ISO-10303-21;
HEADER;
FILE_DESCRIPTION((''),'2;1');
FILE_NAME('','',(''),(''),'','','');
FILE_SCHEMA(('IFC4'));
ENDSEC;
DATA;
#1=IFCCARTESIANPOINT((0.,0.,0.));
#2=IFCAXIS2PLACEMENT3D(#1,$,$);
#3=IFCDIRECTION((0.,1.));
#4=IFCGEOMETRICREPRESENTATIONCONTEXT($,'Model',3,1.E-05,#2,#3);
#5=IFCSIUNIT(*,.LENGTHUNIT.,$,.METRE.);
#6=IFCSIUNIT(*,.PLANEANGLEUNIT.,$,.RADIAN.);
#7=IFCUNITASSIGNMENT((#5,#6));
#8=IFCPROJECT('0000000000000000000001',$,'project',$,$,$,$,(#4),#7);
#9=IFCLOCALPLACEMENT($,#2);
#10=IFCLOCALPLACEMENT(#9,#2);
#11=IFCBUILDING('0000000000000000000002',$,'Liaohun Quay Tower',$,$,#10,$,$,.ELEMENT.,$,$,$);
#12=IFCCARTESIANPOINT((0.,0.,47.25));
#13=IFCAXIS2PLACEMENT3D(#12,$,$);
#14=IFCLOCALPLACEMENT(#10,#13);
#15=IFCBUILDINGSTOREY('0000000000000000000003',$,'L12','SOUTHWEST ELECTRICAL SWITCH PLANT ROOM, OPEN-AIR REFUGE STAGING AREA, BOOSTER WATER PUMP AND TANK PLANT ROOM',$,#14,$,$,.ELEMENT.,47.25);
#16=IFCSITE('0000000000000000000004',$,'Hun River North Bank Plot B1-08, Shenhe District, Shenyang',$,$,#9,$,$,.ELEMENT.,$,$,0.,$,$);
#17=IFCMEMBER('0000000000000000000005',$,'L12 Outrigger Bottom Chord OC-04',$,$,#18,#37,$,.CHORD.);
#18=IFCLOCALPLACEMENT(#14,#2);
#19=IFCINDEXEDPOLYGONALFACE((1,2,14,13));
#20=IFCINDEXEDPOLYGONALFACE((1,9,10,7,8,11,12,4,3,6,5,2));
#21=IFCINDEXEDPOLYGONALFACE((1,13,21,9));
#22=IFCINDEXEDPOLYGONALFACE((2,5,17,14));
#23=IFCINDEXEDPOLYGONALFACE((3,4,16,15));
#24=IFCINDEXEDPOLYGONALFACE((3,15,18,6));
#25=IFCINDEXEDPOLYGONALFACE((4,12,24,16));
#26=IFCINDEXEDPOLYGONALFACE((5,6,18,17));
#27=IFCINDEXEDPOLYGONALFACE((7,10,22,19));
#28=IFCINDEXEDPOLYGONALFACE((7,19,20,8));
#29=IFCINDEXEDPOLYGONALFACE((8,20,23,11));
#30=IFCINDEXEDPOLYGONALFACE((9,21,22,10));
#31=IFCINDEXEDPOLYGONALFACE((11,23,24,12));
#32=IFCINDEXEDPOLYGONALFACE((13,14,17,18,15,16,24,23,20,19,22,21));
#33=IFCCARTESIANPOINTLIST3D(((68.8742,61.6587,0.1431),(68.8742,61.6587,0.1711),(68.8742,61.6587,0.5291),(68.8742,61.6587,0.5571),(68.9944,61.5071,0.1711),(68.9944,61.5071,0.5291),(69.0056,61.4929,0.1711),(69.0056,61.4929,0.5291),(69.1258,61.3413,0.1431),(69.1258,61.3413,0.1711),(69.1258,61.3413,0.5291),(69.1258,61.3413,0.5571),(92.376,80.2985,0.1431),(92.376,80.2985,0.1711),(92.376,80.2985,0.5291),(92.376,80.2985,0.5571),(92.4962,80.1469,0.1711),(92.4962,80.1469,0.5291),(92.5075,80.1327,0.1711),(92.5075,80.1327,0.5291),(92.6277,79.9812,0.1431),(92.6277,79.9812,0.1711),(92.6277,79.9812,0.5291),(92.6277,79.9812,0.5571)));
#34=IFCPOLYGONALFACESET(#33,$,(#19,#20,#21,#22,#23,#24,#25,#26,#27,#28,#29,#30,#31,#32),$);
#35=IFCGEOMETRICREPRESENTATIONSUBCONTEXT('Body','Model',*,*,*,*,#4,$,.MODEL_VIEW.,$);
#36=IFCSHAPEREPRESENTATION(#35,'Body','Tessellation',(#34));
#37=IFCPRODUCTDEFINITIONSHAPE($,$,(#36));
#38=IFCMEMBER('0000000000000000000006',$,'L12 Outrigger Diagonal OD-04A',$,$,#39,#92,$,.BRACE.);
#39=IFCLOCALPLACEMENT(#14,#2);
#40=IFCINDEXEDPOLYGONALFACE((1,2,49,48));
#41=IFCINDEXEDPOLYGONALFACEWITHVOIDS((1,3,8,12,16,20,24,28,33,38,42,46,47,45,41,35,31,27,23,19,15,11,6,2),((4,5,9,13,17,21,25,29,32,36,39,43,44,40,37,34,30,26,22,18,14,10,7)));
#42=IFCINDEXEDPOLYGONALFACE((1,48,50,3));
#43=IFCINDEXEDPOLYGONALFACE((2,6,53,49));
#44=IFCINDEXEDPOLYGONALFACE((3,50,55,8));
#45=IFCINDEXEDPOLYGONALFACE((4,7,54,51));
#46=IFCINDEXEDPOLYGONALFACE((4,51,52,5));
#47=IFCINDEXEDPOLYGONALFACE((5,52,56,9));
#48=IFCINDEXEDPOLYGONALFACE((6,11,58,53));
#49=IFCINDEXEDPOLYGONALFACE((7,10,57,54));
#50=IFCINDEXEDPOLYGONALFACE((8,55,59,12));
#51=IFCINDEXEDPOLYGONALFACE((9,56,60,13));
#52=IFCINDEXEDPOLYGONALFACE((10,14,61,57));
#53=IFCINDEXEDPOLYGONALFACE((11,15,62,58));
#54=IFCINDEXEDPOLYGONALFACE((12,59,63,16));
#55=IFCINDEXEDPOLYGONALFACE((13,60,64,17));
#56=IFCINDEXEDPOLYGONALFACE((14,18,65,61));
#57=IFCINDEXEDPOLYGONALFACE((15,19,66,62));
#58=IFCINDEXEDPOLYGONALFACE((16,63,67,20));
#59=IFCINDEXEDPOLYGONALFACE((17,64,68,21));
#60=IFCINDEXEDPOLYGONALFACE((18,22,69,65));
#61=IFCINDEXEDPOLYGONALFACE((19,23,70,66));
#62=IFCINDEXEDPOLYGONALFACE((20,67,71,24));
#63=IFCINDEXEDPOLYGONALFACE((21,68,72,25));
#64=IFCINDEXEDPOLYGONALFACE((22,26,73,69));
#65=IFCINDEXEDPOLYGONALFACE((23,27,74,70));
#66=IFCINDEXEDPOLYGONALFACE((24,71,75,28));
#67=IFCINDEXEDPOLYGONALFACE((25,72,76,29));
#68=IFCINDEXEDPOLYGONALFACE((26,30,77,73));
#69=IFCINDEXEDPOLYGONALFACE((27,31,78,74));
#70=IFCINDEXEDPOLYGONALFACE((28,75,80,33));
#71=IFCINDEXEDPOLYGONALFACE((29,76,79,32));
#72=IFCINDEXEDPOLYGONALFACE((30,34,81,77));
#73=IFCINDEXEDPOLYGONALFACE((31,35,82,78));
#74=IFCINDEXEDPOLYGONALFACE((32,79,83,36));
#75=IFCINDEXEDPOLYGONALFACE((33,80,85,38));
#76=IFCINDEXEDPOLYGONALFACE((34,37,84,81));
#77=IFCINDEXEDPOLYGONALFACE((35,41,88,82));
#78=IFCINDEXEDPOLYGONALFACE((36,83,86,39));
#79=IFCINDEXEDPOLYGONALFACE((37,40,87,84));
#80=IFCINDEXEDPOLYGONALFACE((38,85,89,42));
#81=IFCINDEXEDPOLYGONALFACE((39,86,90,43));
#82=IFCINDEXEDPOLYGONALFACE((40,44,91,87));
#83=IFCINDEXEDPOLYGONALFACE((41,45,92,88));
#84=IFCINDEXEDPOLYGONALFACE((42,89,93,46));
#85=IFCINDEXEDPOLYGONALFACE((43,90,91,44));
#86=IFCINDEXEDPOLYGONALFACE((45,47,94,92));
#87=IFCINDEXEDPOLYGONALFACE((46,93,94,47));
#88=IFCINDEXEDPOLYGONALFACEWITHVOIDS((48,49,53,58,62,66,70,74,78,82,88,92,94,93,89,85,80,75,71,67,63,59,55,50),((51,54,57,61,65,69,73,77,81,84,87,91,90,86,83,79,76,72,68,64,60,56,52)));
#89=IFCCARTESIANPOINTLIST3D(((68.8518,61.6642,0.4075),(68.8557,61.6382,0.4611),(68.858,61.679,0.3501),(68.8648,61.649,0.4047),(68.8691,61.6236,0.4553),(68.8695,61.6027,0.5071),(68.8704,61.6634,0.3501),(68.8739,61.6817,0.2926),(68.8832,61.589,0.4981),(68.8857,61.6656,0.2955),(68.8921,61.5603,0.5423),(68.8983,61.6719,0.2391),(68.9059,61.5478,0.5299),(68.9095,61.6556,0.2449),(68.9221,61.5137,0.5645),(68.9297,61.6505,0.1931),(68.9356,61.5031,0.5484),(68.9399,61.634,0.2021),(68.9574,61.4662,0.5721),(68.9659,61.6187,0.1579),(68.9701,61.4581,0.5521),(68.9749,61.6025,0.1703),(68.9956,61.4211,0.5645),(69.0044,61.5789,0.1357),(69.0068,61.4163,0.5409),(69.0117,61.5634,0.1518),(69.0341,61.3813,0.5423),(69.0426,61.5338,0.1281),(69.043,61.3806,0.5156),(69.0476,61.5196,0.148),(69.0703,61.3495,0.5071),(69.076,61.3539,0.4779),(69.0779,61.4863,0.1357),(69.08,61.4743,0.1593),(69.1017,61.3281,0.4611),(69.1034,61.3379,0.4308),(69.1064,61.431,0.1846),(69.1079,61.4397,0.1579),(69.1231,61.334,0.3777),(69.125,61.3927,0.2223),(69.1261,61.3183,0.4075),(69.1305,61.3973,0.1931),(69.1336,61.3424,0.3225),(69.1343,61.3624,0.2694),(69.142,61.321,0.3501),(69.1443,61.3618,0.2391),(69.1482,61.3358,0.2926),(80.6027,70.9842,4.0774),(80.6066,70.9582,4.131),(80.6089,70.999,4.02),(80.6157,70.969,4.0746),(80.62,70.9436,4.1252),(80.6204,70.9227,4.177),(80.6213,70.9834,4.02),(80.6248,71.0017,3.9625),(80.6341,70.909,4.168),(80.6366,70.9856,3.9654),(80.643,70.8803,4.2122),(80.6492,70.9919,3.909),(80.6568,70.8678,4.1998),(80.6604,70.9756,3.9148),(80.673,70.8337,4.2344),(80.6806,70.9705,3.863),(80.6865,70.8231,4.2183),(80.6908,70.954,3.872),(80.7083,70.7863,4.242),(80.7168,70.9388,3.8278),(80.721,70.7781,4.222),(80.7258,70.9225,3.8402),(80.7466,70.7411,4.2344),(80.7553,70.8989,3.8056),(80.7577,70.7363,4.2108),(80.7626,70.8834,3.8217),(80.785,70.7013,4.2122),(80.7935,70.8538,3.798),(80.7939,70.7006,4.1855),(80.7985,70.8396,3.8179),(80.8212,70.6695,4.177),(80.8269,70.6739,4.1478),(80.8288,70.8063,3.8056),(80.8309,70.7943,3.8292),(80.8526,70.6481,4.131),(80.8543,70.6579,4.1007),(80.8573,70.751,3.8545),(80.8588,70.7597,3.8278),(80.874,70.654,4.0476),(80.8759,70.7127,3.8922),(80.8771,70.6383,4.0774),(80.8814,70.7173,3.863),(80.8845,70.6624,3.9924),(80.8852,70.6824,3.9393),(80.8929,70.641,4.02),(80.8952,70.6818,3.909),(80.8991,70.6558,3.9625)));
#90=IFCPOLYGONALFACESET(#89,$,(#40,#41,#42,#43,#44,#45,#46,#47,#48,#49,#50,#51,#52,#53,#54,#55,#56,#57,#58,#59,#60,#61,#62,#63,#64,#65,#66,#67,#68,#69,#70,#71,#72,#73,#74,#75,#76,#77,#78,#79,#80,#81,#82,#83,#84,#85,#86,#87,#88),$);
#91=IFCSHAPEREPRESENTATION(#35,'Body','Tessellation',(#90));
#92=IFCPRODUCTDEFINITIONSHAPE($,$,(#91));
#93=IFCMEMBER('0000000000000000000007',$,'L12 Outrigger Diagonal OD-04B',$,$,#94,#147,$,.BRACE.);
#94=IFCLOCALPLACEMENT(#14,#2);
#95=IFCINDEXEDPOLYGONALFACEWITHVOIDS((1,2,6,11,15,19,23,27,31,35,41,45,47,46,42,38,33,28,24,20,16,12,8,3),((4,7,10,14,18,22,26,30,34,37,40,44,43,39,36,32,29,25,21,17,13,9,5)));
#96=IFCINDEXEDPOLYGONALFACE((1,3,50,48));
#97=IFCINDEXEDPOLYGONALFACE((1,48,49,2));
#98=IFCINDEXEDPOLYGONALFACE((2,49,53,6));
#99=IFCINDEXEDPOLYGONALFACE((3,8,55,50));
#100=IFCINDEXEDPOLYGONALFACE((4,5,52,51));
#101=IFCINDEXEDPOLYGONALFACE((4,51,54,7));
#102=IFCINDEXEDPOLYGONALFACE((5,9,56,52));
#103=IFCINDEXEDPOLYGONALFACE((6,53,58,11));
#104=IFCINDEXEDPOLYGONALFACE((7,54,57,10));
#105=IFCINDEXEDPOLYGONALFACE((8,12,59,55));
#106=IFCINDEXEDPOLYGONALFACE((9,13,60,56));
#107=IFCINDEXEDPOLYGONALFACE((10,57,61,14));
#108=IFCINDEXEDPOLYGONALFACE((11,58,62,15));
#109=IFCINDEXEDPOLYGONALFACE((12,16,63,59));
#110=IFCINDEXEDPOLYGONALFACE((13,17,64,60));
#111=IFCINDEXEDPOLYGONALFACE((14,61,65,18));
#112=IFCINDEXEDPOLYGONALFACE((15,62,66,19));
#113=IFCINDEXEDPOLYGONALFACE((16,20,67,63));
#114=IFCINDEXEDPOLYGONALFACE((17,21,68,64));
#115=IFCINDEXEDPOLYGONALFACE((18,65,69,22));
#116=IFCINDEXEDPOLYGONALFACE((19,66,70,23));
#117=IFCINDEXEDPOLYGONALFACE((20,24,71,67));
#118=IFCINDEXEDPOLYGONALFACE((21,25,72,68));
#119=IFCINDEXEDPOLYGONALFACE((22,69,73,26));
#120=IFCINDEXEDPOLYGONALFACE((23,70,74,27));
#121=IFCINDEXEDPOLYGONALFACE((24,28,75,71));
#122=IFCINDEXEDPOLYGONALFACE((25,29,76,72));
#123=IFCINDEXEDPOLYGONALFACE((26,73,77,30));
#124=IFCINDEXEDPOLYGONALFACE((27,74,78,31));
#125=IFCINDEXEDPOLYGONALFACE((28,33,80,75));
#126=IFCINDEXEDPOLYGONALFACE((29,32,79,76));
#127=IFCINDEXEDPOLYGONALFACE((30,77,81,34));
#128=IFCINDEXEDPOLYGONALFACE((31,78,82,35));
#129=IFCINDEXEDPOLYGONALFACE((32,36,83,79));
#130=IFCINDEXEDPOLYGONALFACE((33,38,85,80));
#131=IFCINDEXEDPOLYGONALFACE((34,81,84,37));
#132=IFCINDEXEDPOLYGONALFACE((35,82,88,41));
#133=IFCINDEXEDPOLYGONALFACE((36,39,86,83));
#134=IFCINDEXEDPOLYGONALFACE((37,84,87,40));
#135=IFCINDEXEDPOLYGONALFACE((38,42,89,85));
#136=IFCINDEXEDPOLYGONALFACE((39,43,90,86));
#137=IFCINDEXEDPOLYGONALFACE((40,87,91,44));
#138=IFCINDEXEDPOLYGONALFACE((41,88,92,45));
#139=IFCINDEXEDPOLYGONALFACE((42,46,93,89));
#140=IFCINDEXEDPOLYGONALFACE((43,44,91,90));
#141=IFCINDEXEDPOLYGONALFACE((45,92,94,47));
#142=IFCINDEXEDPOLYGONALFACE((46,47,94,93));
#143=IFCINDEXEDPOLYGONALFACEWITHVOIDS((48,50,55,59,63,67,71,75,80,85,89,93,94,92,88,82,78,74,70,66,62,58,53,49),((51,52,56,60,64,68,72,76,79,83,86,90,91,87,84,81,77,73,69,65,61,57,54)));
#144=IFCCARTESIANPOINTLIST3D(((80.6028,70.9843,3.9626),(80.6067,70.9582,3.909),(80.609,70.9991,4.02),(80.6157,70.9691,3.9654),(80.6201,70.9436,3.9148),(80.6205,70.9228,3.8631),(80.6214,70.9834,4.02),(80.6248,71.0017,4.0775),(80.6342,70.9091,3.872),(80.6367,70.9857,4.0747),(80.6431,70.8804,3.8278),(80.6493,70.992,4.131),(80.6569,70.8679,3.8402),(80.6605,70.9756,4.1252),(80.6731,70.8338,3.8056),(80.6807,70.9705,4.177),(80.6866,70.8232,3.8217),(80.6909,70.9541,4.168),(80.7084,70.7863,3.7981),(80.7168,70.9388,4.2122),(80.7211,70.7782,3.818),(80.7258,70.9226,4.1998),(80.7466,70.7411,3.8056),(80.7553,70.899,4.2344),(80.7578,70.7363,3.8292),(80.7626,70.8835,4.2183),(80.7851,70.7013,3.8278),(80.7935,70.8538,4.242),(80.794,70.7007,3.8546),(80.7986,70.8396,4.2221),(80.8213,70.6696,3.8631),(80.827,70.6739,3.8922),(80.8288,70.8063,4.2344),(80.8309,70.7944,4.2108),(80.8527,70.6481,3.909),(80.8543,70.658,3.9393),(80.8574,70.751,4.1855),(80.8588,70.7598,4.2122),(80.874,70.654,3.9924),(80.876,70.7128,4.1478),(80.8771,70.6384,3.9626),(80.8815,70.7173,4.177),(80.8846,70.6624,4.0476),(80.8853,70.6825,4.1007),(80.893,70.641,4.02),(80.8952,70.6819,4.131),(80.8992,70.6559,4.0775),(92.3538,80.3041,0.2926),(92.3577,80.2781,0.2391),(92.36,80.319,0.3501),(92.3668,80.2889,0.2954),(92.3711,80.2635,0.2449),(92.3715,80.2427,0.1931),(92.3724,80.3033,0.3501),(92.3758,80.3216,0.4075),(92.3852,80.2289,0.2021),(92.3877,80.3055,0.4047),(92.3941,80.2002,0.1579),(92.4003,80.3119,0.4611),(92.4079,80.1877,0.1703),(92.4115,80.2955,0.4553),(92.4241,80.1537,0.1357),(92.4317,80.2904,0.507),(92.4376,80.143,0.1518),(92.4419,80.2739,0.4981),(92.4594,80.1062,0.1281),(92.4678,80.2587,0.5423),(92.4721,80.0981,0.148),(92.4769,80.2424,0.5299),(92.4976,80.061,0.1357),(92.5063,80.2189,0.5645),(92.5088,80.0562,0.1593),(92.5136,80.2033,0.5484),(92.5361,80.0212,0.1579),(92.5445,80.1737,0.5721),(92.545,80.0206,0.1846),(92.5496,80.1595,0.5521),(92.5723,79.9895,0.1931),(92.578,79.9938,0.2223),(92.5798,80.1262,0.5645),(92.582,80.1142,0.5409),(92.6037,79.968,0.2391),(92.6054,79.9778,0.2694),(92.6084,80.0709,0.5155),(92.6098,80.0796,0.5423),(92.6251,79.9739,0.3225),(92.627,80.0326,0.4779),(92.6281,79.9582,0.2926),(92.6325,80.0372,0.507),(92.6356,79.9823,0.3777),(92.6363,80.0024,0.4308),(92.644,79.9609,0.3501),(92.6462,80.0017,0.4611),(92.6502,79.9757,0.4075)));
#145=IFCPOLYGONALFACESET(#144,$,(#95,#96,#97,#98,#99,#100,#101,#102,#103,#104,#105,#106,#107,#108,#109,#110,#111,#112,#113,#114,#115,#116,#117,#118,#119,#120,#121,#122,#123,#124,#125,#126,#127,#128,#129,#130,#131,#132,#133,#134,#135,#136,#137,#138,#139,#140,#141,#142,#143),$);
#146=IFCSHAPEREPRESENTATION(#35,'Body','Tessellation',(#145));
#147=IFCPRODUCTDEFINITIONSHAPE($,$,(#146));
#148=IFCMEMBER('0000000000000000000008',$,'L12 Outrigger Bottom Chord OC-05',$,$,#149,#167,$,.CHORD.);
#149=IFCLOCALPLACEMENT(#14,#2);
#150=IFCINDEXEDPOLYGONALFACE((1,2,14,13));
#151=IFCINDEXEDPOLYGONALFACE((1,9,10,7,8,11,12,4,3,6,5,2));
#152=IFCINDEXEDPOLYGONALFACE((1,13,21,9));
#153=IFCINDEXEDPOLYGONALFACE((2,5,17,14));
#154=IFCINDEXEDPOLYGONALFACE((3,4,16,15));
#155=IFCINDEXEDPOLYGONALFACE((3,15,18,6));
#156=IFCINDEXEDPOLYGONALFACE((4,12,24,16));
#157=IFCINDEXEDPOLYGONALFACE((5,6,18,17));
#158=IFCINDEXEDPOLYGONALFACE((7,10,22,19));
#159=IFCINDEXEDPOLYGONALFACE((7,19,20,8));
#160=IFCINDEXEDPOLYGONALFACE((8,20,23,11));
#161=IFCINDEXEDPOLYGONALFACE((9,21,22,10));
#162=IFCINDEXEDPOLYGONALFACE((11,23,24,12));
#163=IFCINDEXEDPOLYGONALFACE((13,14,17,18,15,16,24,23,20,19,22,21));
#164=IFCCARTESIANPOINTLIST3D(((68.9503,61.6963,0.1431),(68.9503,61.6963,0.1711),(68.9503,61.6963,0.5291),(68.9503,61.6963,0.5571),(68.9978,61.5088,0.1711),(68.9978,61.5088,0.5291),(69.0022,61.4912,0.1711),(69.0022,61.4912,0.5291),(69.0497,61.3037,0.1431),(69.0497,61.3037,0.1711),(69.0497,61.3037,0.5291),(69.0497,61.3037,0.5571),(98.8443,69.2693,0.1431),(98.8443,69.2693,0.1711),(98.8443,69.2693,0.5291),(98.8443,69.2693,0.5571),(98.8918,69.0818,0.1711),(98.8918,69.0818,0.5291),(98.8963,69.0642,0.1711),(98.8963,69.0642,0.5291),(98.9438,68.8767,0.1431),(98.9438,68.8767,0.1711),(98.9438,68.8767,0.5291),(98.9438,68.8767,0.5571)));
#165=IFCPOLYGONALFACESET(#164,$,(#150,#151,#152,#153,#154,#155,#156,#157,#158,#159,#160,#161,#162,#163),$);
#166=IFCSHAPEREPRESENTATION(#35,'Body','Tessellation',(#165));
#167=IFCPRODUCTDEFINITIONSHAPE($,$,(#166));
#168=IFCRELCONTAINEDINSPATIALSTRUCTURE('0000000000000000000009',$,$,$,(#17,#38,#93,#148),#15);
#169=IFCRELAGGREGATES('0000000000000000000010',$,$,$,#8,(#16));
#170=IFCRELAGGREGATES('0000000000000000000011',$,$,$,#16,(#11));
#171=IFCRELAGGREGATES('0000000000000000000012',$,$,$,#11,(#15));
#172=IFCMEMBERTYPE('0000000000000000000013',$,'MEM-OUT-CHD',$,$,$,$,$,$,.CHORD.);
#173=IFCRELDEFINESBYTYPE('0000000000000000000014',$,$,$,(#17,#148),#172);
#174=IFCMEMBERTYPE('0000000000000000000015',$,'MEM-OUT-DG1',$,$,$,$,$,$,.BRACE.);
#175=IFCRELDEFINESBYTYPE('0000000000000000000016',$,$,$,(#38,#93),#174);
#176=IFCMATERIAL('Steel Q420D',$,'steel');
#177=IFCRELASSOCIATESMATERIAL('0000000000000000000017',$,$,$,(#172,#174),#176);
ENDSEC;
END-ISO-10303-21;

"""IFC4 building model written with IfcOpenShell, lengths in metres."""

from ifc_helpers import new_model, si_unit, direction, frame, origin, origin_2d, place, context, subcontext, project, spatial, hollow_circle, i_section, extrude, source, transform, mapped, material, material_profile, profile_set, type_object, element, save


model = new_model("IFC4")

# Units and contexts
model_context = context("Model", 3, precision=1e-05, world=origin(), true_north=direction((0.0, 1.0)))
body_context = subcontext(model_context, "Body", "Model", "MODEL_VIEW")
ifc_project = project(units=[si_unit("LENGTHUNIT", "METRE"), si_unit("PLANEANGLEUNIT", "RADIAN")], contexts=[model_context])

# Site, building, storey
site_placement = place(None, origin())
site = spatial("IfcSite", under=ifc_project, at=site_placement, Name="Hun River North Bank Plot B1-08, Shenhe District, Shenyang", CompositionType="ELEMENT", RefElevation=0.0)
building_placement = place(site_placement, origin())
building = spatial("IfcBuilding", under=site, at=building_placement, Name="Liaohun Quay Tower", CompositionType="ELEMENT")
storey_placement = place(building_placement, frame((0.0, 0.0, 47.25)))
storey = spatial("IfcBuildingStorey", under=building, at=storey_placement, Name="L12", Description="SOUTHWEST ELECTRICAL SWITCH PLANT ROOM, OPEN-AIR REFUGE STAGING AREA, BOOSTER WATER PUMP AND TANK PLANT ROOM", CompositionType="ELEMENT", Elevation=47.25)

# Shared definitions
ifc_material_1 = material(Name="Steel Q420D", Category="steel")

# Members
ifc_material_profile_1 = material_profile(ifc_material_1, i_section(OverallWidth=0.405, OverallDepth=0.4141, WebThickness=0.0181, FlangeThickness=0.0281, at=origin_2d()), Name="HW414x405x18x28")
ifc_profile_set_1 = profile_set([ifc_material_profile_1], Name="Steel Q420D")
member_type_1 = type_object("IfcMemberType", Name="MEM-OUT-CHD", PredefinedType="CHORD", material=ifc_profile_set_1)
shared_shape_1 = source(origin(), body_context, "Body", "SweptSolid", [
    extrude(i_section(OverallWidth=0.405, OverallDepth=0.4141, WebThickness=0.0181, FlangeThickness=0.0281, at=origin_2d()), origin(), (0.0, 0.0, 1.0), 29.9963),
])
member_1_placement = place(storey_placement, frame((69.0, 61.5, 0.3501), z_axis=(0.783491, 0.621403, 0.0), x_axis=(-0.621403, 0.783491, 0.0)))
element("IfcMember", 1, at=member_1_placement, inside=storey, type_object=member_type_1, Name="L12 Outrigger Bottom Chord OC-04", PredefinedType="CHORD", context=body_context, shape_type="MappedRepresentation", body=[
    mapped(shared_shape_1, transform((0.0, 0.0, 0.0), x_axis=(1.0, 0.0, 0.0), y_axis=(0.0, 1.0, 0.0), z_axis=(0.0, 0.0, 1.0), scale=1.0)),
])
ifc_material_profile_2 = material_profile(ifc_material_1, hollow_circle(Radius=0.2285, WallThickness=0.02, at=origin_2d()), Name="CHS457x20")
ifc_profile_set_2 = profile_set([ifc_material_profile_2], Name="Steel Q420D")
member_type_2 = type_object("IfcMemberType", Name="MEM-OUT-DG1", PredefinedType="BRACE", material=ifc_profile_set_2)
shared_shape_2 = source(origin(), body_context, "Body", "SweptSolid", [
    extrude(hollow_circle(Radius=0.2285, WallThickness=0.02, at=origin_2d()), origin(), (0.0, 0.0, 1.0), 15.4407),
])
for number, where, z_axis, x_axis, name in (
    (2, (69.0, 61.5, 0.3501), (0.761036, 0.603601, 0.237677), (-0.621408, 0.783487, 0.0), "L12 Outrigger Diagonal OD-04A"),
    (3, (80.751, 70.8201, 4.02), (0.761043, 0.603591, -0.23768), (-0.621398, 0.783495, 0.0), "L12 Outrigger Diagonal OD-04B"),
):
    element("IfcMember", number, at=place(storey_placement, frame(where, z_axis=z_axis, x_axis=x_axis)), inside=storey, type_object=member_type_2, Name=name, PredefinedType="BRACE", context=body_context, shape_type="MappedRepresentation", body=[
        mapped(shared_shape_2, transform((0.0, 0.0, 0.0), x_axis=(1.0, 0.0, 0.0), y_axis=(0.0, 1.0, 0.0), z_axis=(0.0, 0.0, 1.0), scale=1.0)),
    ])
shared_shape_3 = source(origin(), body_context, "Body", "SweptSolid", [
    extrude(i_section(OverallWidth=0.405, OverallDepth=0.4141, WebThickness=0.0181, FlangeThickness=0.0281, at=origin_2d()), origin(), (0.0, 0.0, 1.0), 30.8384),
])
member_2_placement = place(storey_placement, frame((69.0, 61.5, 0.3501), z_axis=(0.969379, 0.245571, 0.0), x_axis=(-0.245571, 0.969379, 0.0)))
element("IfcMember", 4, at=member_2_placement, inside=storey, type_object=member_type_1, Name="L12 Outrigger Bottom Chord OC-05", PredefinedType="CHORD", context=body_context, shape_type="MappedRepresentation", body=[
    mapped(shared_shape_3, transform((0.0, 0.0, 0.0), x_axis=(1.0, 0.0, 0.0), y_axis=(0.0, 1.0, 0.0), z_axis=(0.0, 0.0, 1.0), scale=1.0)),
])

save(model, "model.ifc")
